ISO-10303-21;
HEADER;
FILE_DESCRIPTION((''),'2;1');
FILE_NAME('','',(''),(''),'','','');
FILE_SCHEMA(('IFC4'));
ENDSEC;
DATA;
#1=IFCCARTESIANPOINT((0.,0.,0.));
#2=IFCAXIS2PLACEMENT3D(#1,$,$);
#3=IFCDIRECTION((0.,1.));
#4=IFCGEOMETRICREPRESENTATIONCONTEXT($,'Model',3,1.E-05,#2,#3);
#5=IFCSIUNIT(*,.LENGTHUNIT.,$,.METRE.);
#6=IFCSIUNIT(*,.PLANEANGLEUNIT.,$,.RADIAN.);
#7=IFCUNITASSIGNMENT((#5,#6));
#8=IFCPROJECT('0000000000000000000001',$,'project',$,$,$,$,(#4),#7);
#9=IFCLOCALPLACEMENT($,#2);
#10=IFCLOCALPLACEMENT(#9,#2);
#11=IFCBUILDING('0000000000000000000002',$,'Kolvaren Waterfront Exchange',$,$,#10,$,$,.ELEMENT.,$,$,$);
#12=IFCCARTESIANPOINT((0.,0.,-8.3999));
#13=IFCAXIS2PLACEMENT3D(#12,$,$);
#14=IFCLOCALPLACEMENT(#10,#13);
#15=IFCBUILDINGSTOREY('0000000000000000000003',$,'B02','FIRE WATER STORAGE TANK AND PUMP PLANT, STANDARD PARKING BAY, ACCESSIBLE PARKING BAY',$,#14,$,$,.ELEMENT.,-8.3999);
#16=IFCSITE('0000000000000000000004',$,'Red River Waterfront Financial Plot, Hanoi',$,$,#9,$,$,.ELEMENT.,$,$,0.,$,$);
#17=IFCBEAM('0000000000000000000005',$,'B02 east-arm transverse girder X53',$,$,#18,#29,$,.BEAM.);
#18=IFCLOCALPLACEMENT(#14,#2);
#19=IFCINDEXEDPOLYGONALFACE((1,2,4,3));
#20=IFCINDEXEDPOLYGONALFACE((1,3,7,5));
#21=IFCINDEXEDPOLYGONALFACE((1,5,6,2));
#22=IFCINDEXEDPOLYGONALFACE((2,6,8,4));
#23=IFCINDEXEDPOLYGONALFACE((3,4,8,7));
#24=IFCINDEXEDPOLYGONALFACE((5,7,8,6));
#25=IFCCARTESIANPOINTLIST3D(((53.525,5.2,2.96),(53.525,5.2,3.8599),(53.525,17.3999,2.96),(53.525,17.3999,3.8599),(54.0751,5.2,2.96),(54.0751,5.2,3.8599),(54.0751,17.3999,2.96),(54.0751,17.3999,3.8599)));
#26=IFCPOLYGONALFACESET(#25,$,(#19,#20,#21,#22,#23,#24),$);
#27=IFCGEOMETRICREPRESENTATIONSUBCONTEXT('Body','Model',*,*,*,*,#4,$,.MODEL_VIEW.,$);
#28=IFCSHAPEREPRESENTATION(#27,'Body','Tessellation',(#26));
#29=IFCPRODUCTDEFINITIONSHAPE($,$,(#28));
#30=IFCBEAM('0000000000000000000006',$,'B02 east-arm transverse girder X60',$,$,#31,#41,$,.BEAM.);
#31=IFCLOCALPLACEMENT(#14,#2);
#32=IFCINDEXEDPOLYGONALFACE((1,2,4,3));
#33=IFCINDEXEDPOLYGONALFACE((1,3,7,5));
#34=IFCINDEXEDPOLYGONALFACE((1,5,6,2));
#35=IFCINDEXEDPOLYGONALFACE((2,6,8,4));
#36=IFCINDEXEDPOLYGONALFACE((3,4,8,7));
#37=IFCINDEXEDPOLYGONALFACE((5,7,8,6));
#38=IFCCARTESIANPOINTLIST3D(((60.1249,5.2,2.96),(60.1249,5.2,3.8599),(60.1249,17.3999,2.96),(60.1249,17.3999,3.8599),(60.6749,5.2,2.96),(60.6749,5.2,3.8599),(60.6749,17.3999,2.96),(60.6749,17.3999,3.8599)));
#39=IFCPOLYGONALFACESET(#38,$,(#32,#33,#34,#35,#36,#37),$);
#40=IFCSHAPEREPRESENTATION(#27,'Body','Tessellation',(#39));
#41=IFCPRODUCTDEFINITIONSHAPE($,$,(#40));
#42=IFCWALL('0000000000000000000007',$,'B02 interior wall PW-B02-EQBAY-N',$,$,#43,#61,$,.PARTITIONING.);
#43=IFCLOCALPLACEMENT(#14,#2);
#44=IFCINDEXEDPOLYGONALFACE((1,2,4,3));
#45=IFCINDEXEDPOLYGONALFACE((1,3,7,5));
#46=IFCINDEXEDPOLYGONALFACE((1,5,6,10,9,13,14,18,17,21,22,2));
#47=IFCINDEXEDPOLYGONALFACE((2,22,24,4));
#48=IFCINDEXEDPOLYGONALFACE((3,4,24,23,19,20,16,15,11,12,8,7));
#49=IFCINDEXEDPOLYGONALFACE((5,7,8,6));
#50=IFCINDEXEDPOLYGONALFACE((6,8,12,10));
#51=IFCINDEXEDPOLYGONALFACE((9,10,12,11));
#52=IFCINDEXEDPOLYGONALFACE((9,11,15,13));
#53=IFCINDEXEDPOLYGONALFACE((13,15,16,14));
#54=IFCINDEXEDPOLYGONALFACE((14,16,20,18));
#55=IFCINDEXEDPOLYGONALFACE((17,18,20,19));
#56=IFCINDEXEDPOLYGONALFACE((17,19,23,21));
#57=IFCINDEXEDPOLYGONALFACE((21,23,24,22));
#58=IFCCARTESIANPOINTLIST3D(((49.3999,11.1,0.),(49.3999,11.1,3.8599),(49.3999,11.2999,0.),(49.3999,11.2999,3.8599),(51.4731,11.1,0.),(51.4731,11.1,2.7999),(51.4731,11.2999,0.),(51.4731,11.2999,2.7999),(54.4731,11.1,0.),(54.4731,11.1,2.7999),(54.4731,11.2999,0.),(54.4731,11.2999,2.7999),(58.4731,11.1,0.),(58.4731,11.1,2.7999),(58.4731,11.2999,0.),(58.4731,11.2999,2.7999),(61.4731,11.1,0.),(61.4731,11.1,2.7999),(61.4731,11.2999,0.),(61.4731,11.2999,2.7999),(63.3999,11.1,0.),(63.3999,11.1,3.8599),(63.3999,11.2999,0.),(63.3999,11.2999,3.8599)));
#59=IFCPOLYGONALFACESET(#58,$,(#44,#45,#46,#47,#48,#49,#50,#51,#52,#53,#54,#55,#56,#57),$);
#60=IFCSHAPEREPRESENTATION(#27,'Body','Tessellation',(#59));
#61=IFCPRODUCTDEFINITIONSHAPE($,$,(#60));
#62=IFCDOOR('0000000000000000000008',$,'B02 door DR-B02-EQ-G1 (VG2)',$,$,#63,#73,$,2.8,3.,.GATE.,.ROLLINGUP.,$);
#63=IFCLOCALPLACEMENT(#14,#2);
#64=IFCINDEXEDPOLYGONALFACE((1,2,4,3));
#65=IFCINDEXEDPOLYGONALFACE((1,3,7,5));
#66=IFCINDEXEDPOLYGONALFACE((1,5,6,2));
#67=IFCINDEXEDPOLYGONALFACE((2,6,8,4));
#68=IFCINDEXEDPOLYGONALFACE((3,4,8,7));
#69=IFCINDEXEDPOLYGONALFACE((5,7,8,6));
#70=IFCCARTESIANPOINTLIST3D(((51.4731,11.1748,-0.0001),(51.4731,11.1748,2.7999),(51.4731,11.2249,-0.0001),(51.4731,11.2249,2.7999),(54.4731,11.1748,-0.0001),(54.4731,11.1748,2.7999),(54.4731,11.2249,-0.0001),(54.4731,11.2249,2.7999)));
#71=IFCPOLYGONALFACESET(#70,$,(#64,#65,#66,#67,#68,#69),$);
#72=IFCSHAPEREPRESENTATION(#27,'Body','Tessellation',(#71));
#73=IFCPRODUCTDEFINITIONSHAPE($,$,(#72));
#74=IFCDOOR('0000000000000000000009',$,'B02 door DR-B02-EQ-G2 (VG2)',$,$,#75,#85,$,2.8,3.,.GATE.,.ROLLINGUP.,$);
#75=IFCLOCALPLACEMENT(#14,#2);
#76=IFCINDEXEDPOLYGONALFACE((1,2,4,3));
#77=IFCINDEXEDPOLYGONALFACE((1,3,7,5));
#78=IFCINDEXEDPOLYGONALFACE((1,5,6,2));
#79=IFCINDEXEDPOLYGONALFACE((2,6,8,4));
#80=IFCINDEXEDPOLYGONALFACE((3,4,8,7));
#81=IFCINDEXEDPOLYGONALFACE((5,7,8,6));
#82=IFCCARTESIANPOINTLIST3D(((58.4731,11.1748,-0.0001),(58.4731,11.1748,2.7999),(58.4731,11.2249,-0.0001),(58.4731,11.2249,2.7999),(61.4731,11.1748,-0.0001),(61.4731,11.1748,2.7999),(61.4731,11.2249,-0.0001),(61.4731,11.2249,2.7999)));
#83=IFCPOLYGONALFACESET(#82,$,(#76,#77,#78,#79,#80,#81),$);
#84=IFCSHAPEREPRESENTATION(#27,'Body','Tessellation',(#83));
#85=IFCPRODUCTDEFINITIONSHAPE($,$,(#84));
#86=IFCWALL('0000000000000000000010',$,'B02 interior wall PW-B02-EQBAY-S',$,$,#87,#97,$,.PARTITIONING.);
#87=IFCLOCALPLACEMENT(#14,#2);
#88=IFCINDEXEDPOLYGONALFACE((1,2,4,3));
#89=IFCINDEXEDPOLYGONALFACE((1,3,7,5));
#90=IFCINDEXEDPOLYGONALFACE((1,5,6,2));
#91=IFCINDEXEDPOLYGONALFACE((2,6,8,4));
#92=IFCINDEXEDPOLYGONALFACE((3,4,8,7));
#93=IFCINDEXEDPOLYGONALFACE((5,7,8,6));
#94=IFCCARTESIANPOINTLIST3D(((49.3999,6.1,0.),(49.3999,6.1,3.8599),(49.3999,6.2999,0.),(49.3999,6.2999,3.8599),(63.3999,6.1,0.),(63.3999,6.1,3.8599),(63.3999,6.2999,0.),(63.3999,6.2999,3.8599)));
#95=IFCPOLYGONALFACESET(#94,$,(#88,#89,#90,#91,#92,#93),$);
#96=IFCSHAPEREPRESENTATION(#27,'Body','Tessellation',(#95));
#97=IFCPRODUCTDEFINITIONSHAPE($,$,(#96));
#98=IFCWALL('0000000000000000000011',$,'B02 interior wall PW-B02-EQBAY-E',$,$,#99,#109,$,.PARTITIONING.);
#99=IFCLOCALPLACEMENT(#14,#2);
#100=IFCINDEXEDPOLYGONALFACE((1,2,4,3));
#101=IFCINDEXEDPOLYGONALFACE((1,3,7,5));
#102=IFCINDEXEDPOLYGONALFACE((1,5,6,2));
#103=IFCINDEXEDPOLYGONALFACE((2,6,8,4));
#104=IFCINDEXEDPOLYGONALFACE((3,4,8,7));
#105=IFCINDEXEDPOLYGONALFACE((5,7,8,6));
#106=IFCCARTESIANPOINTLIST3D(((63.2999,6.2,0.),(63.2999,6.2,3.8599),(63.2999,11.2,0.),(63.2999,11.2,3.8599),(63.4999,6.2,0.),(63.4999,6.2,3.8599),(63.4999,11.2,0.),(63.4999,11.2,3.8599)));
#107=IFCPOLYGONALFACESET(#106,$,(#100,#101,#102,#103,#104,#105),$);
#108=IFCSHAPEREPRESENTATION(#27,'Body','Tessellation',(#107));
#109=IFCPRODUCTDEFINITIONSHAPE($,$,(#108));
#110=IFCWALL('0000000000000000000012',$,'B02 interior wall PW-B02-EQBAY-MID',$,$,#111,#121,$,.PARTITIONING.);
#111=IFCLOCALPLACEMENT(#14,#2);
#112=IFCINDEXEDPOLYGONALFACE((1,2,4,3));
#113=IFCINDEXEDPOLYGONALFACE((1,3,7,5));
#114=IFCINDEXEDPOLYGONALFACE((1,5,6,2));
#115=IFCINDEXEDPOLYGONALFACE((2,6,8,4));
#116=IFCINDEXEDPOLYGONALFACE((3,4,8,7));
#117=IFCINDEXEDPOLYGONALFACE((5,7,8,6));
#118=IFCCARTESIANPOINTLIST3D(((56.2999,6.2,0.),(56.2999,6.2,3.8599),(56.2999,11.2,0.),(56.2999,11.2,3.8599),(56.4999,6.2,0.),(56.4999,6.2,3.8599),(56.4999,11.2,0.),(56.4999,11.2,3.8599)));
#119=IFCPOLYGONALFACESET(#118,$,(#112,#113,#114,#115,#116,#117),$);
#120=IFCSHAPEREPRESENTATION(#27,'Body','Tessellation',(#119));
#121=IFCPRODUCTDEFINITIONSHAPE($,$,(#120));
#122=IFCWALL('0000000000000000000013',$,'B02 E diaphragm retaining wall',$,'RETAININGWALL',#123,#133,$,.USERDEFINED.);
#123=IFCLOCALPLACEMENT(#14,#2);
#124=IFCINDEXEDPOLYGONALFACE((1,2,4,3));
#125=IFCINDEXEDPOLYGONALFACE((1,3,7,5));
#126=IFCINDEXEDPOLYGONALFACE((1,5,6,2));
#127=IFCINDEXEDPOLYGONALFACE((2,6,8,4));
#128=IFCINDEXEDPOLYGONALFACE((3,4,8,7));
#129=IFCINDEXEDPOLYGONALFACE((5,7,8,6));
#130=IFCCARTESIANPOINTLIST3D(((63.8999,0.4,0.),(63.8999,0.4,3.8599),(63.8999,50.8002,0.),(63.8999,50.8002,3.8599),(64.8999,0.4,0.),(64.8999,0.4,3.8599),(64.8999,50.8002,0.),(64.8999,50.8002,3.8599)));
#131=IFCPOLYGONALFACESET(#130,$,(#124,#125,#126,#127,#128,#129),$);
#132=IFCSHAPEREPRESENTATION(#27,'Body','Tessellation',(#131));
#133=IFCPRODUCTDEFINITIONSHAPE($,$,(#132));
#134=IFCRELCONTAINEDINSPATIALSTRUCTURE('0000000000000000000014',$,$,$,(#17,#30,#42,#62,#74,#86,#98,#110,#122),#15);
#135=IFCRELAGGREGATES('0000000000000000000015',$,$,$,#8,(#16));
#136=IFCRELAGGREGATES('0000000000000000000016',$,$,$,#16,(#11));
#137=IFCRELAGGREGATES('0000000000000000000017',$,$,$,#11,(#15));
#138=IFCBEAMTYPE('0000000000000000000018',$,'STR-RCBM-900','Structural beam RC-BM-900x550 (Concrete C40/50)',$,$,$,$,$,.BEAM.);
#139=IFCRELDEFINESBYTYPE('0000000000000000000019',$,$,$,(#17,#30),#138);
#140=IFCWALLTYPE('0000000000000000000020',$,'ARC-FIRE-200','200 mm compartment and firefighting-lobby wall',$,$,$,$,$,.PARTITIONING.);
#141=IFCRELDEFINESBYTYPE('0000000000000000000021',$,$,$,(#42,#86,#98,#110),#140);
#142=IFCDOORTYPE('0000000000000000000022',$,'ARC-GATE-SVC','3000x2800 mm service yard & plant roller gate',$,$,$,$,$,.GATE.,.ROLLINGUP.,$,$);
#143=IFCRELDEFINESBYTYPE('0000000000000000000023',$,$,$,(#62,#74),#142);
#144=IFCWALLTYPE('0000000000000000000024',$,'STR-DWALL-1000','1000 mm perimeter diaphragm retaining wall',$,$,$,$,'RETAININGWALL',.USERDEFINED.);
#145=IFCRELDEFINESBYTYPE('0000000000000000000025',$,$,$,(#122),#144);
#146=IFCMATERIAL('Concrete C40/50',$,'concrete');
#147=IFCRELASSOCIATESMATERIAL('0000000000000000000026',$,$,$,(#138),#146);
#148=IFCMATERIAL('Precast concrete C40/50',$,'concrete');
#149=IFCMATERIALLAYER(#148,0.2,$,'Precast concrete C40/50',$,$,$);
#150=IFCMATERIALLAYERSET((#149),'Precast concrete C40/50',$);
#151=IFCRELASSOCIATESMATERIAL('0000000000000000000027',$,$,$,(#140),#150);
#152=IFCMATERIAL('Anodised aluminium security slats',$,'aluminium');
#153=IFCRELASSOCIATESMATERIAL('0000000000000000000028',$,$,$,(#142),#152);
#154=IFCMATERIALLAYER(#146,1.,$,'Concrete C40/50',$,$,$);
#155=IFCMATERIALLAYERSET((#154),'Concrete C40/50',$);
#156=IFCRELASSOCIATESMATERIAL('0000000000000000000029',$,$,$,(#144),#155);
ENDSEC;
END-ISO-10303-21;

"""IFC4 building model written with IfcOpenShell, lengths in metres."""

from ifc_helpers import new_model, si_unit, direction, frame, frame_2d, origin, origin_2d, place, context, subcontext, project, spatial, rectangle, extrude, material, layer, layer_set, material_profile, profile_set, type_object, element, fill, save


model = new_model("IFC4")

# Units and contexts
model_context = context("Model", 3, precision=1e-05, world=origin(), true_north=direction((0.0, 1.0)))
body_context = subcontext(model_context, "Body", "Model", "MODEL_VIEW")
ifc_project = project(units=[si_unit("LENGTHUNIT", "METRE"), si_unit("PLANEANGLEUNIT", "RADIAN")], contexts=[model_context])

# Site, building, storey
site_placement = place(None, origin())
site = spatial("IfcSite", under=ifc_project, at=site_placement, Name="Red River Waterfront Financial Plot, Hanoi", CompositionType="ELEMENT", RefElevation=0.0)
building_placement = place(site_placement, origin())
building = spatial("IfcBuilding", under=site, at=building_placement, Name="Kolvaren Waterfront Exchange", CompositionType="ELEMENT")
storey_placement = place(building_placement, frame((0.0, 0.0, -8.3999)))
storey = spatial("IfcBuildingStorey", under=building, at=storey_placement, Name="B02", Description="FIRE WATER STORAGE TANK AND PUMP PLANT, STANDARD PARKING BAY, ACCESSIBLE PARKING BAY", CompositionType="ELEMENT", Elevation=-8.3999)

# Beams
ifc_material_1 = material(Name="Concrete C40/50", Category="concrete")
ifc_material_profile_1 = material_profile(ifc_material_1, rectangle(XDim=0.55, YDim=0.8999, at=origin_2d()), Name="RC-BM-900x550")
ifc_profile_set_1 = profile_set([ifc_material_profile_1], Name="Concrete C40/50")
beam_type_1 = type_object("IfcBeamType", Name="STR-RCBM-900", Description="Structural beam RC-BM-900x550 (Concrete C40/50)", PredefinedType="BEAM", material=ifc_profile_set_1)
for number, where, z_axis, x_axis, name in (
    (1, (53.8, 5.2, 3.4099), (0.0, 1.0, 0.0), (-1.0, 0.0, 0.0), "B02 east-arm transverse girder X53"),
    (2, (60.3999, 5.2, 3.4099), (0.0, 1.0, 0.0), (-1.0, 0.0, 0.0), "B02 east-arm transverse girder X60"),
):
    element("IfcBeam", number, at=place(storey_placement, frame(where, z_axis=z_axis, x_axis=x_axis)), inside=storey, type_object=beam_type_1, Name=name, PredefinedType="BEAM", context=body_context, shape_type="SweptSolid", body=[
        extrude(rectangle(XDim=0.55, YDim=0.8999, at=origin_2d()), origin(), (0.0, 0.0, 1.0), 12.2),
    ])

# Wall, openings, doors
ifc_material_2 = material(Name="Precast concrete C40/50", Category="concrete")
ifc_layer_1 = layer(ifc_material_2, 0.2, Name="Precast concrete C40/50")
ifc_layer_set_1 = layer_set([ifc_layer_1], Name="Precast concrete C40/50")
wall_type_1 = type_object("IfcWallType", Name="ARC-FIRE-200", Description="200 mm compartment and firefighting-lobby wall", PredefinedType="PARTITIONING", material=ifc_layer_set_1)
wall_1_placement = place(storey_placement, frame((49.3999, 11.2, 0.0), z_axis=(0.0, 0.0, 1.0), x_axis=(1.0, 0.0, 0.0)))
wall_1 = element("IfcWall", 3, at=wall_1_placement, inside=storey, type_object=wall_type_1, Name="B02 interior wall PW-B02-EQBAY-N", PredefinedType="PARTITIONING", context=body_context, shape_type="SweptSolid", body=[
    extrude(rectangle(XDim=14.0, YDim=0.2, at=frame_2d((7.0, 0.0))), origin(), (0.0, 0.0, 1.0), 3.8599),
])
opening_1_placement = place(wall_1_placement, frame((2.0732, 0.0, 0.0)))
opening_1 = element("IfcOpeningElement", 4, at=opening_1_placement, cuts=wall_1, PredefinedType="OPENING", context=body_context, shape_type="SweptSolid", body=[
    extrude(rectangle(XDim=3.0, YDim=2.8, at=frame_2d((1.5, 1.3999))), frame((0.0, 0.1099, 0.0), z_axis=(0.0, -1.0, 0.0), x_axis=(1.0, 0.0, 0.0)), (0.0, 0.0, 1.0), 0.22),
])
opening_2_placement = place(wall_1_placement, frame((9.0732, 0.0, 0.0)))
opening_2 = element("IfcOpeningElement", 5, at=opening_2_placement, cuts=wall_1, PredefinedType="OPENING", context=body_context, shape_type="SweptSolid", body=[
    extrude(rectangle(XDim=3.0, YDim=2.8, at=frame_2d((1.5, 1.3999))), frame((0.0, 0.1099, 0.0), z_axis=(0.0, -1.0, 0.0), x_axis=(1.0, 0.0, 0.0)), (0.0, 0.0, 1.0), 0.22),
])
ifc_material_3 = material(Name="Anodised aluminium security slats", Category="aluminium")
door_type = type_object("IfcDoorType", Name="ARC-GATE-SVC", Description="3000x2800 mm service yard & plant roller gate", OperationType="ROLLINGUP", PredefinedType="GATE", material=ifc_material_3)
door_1_placement = place(opening_1_placement, origin())
door_1 = element("IfcDoor", 6, at=door_1_placement, inside=storey, type_object=door_type, Name="B02 door DR-B02-EQ-G1 (VG2)", OperationType="ROLLINGUP", OverallHeight=2.8, OverallWidth=3.0, PredefinedType="GATE", context=body_context, shape_type="SweptSolid", body=[
    extrude(rectangle(XDim=3.0, YDim=2.8, at=frame_2d((1.5, 1.3999))), frame((0.0, 0.0249, 0.0), z_axis=(0.0, -1.0, 0.0), x_axis=(1.0, 0.0, 0.0)), (0.0, 0.0, 1.0), 0.05),
])
fill(opening_1, door_1)
door_2_placement = place(opening_2_placement, origin())
door_2 = element("IfcDoor", 7, at=door_2_placement, inside=storey, type_object=door_type, Name="B02 door DR-B02-EQ-G2 (VG2)", OperationType="ROLLINGUP", OverallHeight=2.8, OverallWidth=3.0, PredefinedType="GATE", context=body_context, shape_type="SweptSolid", body=[
    extrude(rectangle(XDim=3.0, YDim=2.8, at=frame_2d((1.5, 1.3999))), frame((0.0, 0.0249, 0.0), z_axis=(0.0, -1.0, 0.0), x_axis=(1.0, 0.0, 0.0)), (0.0, 0.0, 1.0), 0.05),
])
fill(opening_2, door_2)

# Walls
wall_2_placement = place(storey_placement, frame((49.3999, 6.2, 0.0), z_axis=(0.0, 0.0, 1.0), x_axis=(1.0, 0.0, 0.0)))
element("IfcWall", 8, at=wall_2_placement, inside=storey, type_object=wall_type_1, Name="B02 interior wall PW-B02-EQBAY-S", PredefinedType="PARTITIONING", context=body_context, shape_type="SweptSolid", body=[
    extrude(rectangle(XDim=14.0, YDim=0.2, at=frame_2d((7.0, 0.0))), origin(), (0.0, 0.0, 1.0), 3.8599),
])
for number, where, z_axis, x_axis, name in (
    (9, (63.3999, 6.2, 0.0), (0.0, 0.0, 1.0), (0.0, 1.0, 0.0), "B02 interior wall PW-B02-EQBAY-E"),
    (10, (56.3999, 6.2, 0.0), (0.0, 0.0, 1.0), (0.0, 1.0, 0.0), "B02 interior wall PW-B02-EQBAY-MID"),
):
    element("IfcWall", number, at=place(storey_placement, frame(where, z_axis=z_axis, x_axis=x_axis)), inside=storey, type_object=wall_type_1, Name=name, PredefinedType="PARTITIONING", context=body_context, shape_type="SweptSolid", body=[
        extrude(rectangle(XDim=5.0, YDim=0.2, at=frame_2d((2.5, 0.0))), origin(), (0.0, 0.0, 1.0), 3.8599),
    ])
ifc_layer_2 = layer(ifc_material_1, 1.0, Name="Concrete C40/50")
ifc_layer_set_2 = layer_set([ifc_layer_2], Name="Concrete C40/50")
wall_type_2 = type_object("IfcWallType", Name="STR-DWALL-1000", Description="1000 mm perimeter diaphragm retaining wall", ElementType="RETAININGWALL", PredefinedType="USERDEFINED", material=ifc_layer_set_2)
wall_3_placement = place(storey_placement, frame((64.3999, 0.3999, 0.0), z_axis=(0.0, 0.0, 1.0), x_axis=(0.0, 1.0, 0.0)))
element("IfcWall", 11, at=wall_3_placement, inside=storey, type_object=wall_type_2, Name="B02 E diaphragm retaining wall", ObjectType="RETAININGWALL", PredefinedType="USERDEFINED", context=body_context, shape_type="SweptSolid", body=[
    extrude(rectangle(XDim=50.4001, YDim=1.0, at=frame_2d((25.2002, 0.0))), origin(), (0.0, 0.0, 1.0), 3.8599),
])

save(model, "model.ifc")
